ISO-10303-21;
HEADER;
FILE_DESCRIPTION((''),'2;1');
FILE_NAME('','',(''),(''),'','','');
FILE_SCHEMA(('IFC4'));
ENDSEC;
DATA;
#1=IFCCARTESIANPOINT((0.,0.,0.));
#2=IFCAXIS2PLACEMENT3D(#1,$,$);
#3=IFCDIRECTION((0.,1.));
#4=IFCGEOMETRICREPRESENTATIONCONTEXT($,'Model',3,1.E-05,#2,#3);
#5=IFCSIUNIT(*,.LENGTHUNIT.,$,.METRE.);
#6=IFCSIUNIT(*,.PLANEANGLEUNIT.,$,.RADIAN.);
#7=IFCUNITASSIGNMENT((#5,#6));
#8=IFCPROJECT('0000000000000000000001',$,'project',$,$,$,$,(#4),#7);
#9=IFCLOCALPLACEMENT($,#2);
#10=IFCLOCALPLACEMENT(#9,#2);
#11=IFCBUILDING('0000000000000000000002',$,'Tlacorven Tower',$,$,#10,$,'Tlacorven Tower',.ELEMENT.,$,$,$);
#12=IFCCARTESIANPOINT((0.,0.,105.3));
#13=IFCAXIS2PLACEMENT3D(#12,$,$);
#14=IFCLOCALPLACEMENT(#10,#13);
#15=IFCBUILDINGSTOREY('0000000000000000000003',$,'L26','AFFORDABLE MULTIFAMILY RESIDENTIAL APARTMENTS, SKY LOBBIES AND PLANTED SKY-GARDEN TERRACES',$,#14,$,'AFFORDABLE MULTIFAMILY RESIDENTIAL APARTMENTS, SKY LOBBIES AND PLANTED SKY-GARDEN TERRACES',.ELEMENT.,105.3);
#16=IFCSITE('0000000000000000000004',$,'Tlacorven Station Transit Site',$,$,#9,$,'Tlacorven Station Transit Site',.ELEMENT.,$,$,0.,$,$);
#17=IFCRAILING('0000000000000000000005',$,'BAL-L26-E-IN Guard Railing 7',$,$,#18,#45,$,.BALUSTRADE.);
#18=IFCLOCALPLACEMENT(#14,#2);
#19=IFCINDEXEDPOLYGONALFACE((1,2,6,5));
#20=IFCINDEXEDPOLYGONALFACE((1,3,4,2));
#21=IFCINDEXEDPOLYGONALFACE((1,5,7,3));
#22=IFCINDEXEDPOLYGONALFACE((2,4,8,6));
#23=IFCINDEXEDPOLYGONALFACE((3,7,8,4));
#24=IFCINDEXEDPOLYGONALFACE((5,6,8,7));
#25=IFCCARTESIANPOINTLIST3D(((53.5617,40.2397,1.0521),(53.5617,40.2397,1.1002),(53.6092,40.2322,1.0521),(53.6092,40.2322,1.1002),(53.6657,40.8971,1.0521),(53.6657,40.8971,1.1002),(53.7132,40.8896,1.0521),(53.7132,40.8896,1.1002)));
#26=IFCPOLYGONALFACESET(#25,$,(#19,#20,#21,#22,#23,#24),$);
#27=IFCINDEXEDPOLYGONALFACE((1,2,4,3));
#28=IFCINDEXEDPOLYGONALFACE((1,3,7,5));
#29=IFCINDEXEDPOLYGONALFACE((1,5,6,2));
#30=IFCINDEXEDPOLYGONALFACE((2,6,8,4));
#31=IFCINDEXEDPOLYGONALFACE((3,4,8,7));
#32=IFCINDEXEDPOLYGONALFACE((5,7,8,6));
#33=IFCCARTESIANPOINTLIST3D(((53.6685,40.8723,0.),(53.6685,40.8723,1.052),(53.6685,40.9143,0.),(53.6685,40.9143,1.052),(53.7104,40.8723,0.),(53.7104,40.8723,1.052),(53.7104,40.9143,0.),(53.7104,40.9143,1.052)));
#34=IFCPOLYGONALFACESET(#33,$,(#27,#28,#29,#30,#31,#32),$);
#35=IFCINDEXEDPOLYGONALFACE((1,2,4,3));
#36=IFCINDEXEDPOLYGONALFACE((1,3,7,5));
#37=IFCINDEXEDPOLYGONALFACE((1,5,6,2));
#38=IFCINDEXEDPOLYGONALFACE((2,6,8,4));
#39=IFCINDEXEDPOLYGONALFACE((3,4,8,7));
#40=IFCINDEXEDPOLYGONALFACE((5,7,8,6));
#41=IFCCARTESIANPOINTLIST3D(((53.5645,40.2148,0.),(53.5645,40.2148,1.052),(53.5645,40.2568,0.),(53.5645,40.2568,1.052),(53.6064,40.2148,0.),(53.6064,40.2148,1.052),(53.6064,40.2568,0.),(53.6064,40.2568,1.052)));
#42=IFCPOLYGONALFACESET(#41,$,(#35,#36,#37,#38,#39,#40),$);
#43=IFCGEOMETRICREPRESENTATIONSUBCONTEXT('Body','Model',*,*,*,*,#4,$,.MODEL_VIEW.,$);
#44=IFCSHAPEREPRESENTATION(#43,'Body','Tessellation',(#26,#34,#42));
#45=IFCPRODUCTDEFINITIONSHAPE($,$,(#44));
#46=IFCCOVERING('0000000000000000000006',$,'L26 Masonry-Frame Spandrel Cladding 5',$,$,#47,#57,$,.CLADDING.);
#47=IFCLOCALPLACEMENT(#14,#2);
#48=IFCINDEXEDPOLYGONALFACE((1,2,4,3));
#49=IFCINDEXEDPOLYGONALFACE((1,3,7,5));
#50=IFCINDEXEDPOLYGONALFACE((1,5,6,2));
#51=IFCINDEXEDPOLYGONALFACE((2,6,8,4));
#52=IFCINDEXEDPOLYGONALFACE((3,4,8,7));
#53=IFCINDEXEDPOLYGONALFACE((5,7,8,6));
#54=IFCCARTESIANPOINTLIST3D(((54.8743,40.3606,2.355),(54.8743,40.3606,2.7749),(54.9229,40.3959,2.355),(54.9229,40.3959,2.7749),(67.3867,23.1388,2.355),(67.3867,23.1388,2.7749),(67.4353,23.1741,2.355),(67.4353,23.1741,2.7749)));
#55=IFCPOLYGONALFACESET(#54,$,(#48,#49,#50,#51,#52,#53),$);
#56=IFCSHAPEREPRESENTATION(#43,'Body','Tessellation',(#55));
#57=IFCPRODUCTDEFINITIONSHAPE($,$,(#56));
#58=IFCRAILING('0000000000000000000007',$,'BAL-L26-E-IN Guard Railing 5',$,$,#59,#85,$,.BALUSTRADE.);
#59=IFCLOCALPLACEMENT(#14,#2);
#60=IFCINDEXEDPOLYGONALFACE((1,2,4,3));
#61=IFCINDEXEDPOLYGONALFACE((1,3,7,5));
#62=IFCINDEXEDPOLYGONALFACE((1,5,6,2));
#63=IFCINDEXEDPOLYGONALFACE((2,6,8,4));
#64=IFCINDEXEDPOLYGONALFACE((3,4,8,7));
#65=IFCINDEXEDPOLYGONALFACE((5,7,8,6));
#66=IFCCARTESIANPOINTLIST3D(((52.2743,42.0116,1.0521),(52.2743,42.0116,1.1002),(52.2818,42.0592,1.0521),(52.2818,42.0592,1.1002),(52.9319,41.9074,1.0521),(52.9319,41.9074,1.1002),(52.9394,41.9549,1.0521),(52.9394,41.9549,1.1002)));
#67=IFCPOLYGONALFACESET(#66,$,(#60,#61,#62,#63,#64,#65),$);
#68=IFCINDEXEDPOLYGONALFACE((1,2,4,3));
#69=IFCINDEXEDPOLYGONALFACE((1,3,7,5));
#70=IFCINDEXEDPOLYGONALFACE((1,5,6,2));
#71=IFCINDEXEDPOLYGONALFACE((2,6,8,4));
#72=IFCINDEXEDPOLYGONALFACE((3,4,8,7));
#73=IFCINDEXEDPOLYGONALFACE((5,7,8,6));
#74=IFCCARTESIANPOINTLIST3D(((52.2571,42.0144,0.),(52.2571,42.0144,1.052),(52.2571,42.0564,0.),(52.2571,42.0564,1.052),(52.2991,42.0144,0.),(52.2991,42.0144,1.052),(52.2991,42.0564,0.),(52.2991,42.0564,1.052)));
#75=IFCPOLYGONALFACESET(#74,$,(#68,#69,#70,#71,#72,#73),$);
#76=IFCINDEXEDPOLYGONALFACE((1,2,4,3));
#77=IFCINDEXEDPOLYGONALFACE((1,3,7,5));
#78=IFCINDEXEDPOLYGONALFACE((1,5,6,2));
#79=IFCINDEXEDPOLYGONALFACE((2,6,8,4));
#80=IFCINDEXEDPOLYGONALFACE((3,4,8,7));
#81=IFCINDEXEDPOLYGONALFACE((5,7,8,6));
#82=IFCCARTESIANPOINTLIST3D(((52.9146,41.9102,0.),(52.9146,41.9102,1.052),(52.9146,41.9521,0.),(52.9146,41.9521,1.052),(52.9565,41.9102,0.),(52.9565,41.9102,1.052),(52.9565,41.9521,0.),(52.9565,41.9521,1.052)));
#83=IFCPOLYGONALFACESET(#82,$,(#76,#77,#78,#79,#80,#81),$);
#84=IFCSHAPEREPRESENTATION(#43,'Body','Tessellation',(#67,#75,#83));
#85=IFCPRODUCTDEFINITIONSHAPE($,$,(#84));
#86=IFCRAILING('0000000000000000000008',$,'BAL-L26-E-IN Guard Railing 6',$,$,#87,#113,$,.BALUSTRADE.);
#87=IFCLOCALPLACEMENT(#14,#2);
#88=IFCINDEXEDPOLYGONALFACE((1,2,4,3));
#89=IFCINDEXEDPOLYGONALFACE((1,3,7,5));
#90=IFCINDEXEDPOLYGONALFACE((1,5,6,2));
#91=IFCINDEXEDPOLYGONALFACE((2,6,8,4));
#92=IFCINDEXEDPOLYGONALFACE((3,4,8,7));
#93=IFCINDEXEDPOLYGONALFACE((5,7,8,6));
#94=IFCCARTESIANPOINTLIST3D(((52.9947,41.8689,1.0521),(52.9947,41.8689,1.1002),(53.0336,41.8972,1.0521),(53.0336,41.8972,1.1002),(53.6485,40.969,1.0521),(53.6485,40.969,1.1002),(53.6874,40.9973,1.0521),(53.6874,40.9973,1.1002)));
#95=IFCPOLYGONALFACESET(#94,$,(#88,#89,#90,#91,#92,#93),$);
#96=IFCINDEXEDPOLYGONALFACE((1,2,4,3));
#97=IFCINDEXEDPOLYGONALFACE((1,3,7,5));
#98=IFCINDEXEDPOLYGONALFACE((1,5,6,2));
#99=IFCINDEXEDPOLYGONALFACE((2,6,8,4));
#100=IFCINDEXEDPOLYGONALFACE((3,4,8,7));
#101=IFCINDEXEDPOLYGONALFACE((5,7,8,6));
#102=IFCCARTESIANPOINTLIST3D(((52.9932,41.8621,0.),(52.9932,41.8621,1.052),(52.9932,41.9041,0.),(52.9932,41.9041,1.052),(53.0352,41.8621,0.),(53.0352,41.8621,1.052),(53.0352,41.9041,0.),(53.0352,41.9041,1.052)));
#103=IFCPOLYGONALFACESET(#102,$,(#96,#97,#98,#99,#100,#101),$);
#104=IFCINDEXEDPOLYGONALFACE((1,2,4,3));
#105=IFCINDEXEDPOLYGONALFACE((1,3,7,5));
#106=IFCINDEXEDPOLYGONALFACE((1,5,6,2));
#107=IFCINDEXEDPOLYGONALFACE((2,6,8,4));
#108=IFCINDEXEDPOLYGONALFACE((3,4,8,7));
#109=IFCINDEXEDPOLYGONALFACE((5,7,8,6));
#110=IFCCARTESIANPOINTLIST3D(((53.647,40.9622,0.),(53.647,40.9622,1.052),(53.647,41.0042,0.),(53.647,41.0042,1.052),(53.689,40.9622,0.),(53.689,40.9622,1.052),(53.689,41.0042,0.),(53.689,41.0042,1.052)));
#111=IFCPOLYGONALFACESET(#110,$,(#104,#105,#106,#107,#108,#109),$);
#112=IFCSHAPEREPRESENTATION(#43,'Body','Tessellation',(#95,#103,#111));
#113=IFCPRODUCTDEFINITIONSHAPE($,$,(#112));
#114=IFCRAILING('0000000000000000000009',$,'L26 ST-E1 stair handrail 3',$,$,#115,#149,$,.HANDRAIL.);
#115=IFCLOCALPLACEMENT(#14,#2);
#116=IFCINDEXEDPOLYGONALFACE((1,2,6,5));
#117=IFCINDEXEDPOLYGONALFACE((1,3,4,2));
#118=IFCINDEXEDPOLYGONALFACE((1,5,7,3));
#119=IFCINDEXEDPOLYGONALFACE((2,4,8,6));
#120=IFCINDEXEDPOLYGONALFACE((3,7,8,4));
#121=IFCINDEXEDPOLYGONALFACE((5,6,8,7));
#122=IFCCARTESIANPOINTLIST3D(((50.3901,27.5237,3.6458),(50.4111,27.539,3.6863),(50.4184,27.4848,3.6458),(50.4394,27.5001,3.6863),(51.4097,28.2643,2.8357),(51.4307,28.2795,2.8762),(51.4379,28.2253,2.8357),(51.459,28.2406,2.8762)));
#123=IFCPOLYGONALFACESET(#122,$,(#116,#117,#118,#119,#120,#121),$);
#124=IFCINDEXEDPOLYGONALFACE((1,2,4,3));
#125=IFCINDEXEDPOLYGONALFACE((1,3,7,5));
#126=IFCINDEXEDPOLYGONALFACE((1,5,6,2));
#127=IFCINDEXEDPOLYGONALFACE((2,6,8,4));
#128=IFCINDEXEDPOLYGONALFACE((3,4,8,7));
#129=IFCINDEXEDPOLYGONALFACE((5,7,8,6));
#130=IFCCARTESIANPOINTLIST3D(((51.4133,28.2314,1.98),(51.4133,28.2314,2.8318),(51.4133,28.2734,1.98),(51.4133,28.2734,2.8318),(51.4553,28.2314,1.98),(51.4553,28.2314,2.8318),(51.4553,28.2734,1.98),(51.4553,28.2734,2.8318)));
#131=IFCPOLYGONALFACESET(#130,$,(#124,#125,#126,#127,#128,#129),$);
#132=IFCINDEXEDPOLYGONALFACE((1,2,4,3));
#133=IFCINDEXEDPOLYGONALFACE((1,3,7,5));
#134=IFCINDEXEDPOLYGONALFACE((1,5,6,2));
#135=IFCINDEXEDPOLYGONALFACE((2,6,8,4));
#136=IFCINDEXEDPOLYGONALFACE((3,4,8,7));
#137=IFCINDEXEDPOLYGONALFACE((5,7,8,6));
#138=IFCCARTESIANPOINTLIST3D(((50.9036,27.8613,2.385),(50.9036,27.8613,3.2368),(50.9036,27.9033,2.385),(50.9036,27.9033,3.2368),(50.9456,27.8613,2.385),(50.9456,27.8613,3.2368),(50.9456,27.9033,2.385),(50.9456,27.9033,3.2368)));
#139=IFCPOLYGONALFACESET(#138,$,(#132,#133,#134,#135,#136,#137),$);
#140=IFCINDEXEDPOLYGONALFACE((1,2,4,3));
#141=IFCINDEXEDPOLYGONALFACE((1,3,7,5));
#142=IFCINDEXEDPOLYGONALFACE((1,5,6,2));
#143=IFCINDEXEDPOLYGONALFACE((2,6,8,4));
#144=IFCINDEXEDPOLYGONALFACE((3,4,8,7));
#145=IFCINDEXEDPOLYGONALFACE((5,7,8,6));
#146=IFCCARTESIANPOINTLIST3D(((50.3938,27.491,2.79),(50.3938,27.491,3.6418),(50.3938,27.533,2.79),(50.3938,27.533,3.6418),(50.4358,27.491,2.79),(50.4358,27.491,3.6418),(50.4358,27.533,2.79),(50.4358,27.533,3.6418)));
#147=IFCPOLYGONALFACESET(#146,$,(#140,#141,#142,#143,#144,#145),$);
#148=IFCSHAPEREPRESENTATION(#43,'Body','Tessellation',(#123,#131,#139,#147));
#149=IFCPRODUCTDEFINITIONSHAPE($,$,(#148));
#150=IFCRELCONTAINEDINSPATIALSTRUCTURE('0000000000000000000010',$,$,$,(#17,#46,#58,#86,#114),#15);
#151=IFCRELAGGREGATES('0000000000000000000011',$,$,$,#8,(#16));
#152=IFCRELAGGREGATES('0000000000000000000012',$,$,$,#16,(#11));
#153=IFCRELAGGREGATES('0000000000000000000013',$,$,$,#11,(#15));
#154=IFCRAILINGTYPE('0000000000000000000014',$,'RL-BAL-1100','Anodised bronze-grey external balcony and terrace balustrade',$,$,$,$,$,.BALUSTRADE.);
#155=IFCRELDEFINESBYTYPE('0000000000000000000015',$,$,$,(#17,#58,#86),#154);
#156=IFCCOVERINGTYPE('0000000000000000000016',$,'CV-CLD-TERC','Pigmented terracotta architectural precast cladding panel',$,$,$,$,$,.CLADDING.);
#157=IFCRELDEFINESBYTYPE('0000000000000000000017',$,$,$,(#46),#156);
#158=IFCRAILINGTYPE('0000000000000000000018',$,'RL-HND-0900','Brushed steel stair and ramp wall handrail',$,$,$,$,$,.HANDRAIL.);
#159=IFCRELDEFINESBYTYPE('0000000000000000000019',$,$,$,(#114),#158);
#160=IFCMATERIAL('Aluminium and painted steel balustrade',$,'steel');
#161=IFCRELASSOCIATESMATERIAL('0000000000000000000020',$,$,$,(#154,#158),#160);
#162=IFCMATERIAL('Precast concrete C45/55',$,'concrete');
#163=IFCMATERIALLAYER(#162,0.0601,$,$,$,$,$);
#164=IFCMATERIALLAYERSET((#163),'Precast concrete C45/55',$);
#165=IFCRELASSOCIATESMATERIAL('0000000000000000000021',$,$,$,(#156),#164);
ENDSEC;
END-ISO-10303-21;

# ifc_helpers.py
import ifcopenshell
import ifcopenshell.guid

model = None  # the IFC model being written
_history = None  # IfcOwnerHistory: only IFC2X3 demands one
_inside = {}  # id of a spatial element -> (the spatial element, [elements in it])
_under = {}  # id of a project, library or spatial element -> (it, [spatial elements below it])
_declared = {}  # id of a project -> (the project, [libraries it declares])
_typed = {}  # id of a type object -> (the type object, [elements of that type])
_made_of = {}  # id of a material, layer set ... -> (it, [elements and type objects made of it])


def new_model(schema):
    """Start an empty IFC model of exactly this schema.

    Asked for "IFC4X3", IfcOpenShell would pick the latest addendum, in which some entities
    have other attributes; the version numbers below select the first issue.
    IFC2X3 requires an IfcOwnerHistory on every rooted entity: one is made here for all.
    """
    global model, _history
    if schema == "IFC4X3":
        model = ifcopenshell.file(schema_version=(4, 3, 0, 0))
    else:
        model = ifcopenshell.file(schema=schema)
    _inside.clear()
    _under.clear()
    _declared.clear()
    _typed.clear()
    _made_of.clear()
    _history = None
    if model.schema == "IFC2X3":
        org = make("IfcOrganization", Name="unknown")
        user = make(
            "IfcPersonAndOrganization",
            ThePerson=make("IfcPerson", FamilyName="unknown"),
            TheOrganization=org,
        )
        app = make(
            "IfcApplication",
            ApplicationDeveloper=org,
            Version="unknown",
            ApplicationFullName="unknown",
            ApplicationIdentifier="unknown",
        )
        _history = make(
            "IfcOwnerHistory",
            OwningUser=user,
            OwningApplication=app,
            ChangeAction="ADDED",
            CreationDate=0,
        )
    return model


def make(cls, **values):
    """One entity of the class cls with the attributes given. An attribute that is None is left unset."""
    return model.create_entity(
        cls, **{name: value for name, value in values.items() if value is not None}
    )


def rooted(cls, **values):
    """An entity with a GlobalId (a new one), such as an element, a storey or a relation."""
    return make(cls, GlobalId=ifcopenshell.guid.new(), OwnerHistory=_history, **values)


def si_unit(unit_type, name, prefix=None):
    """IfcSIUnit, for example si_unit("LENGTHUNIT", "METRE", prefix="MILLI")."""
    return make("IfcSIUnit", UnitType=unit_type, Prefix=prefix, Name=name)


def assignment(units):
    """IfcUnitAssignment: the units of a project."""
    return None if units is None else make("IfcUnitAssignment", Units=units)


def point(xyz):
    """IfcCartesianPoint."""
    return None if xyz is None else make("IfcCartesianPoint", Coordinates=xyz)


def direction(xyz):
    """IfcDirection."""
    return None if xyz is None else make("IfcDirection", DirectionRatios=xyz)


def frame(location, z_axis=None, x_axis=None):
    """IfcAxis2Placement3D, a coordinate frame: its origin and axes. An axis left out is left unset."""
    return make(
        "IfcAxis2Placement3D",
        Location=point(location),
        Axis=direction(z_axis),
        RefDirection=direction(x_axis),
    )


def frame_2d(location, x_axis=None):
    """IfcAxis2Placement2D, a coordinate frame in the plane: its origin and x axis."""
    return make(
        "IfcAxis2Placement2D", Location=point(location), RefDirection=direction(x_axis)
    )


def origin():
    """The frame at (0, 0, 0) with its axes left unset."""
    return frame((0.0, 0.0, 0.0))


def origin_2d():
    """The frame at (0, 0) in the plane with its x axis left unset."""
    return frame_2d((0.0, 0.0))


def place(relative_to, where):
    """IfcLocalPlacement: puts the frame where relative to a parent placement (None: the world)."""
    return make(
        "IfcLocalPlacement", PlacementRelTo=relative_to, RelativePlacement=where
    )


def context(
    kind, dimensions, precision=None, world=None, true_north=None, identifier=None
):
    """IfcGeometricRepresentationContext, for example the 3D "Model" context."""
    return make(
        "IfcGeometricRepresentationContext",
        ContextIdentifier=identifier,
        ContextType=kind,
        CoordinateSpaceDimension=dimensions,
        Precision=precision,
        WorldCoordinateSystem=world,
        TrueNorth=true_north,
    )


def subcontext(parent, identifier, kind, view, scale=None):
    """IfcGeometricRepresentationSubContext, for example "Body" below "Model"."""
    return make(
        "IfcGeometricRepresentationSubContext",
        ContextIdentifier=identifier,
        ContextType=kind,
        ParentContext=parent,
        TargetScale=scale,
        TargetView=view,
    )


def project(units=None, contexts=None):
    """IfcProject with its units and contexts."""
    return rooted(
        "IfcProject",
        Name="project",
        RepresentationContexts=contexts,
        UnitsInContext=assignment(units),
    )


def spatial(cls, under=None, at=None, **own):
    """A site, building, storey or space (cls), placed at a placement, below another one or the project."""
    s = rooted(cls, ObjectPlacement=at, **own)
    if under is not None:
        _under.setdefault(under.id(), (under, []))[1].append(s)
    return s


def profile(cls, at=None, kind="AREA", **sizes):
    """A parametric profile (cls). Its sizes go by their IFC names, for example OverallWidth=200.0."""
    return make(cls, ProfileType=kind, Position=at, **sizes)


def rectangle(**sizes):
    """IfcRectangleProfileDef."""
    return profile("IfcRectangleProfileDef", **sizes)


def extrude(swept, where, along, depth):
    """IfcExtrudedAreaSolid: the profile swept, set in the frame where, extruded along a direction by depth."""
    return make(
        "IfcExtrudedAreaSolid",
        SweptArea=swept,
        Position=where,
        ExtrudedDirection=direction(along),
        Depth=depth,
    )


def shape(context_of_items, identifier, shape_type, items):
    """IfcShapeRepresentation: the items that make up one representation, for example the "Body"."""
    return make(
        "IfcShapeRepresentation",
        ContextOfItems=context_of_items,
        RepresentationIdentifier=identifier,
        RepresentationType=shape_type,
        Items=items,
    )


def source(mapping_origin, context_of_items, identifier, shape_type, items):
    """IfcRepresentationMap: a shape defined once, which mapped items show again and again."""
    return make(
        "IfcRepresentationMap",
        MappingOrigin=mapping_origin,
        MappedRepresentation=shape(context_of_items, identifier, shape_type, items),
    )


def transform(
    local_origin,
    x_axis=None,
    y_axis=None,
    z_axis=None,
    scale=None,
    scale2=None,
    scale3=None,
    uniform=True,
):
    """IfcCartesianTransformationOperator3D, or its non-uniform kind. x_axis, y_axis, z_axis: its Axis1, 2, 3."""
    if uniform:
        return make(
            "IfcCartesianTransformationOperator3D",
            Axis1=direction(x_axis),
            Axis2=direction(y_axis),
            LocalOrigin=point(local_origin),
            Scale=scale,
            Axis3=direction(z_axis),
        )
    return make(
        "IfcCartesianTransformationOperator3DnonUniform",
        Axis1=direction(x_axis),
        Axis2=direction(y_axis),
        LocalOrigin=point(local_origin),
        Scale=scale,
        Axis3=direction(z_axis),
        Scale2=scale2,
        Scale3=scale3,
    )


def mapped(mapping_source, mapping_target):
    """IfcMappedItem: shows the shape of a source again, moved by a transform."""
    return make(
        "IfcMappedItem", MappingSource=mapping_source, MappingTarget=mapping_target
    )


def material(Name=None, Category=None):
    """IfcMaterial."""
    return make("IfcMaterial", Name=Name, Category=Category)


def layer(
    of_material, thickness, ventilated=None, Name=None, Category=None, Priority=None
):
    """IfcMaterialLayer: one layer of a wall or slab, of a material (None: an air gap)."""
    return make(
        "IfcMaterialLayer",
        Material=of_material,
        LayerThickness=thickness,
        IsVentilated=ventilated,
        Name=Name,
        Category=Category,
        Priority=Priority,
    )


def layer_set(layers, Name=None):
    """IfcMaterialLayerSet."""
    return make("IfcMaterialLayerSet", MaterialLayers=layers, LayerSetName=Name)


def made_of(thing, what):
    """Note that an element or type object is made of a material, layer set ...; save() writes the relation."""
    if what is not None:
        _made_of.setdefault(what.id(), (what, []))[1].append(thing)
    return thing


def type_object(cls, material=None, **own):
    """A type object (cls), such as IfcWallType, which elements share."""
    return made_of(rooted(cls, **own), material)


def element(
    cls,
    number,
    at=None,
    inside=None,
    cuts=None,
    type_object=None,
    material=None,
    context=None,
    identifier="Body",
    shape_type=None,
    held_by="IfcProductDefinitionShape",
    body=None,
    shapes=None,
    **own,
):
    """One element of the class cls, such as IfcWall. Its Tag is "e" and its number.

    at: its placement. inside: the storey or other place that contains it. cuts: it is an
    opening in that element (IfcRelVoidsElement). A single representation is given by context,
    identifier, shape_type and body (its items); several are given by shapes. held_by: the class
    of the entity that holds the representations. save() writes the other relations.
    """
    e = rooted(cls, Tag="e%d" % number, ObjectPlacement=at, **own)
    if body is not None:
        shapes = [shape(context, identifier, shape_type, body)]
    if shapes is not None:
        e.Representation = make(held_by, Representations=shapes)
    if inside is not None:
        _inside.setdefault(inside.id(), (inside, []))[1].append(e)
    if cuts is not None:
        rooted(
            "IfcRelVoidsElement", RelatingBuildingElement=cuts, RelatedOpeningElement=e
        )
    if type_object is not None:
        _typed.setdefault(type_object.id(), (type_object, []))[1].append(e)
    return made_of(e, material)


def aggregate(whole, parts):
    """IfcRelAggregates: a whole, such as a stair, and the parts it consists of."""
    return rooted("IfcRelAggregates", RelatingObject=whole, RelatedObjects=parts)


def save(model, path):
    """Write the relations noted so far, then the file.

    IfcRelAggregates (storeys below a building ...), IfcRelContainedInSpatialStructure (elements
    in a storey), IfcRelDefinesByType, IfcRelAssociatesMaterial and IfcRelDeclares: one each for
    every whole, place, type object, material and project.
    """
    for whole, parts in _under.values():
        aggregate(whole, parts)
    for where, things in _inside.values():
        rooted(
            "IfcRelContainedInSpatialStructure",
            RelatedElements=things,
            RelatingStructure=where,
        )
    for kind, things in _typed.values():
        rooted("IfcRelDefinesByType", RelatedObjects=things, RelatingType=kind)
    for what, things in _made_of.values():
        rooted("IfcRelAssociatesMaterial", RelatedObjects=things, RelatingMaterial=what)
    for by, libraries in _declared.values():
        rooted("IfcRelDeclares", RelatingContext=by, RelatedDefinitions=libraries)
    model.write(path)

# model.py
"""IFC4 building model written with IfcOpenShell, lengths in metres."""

from ifc_helpers import new_model, si_unit, direction, frame, origin, origin_2d, place, context, subcontext, project, spatial, rectangle, extrude, source, transform, mapped, material, layer, layer_set, type_object, element, save


model = new_model("IFC4")

# Units and contexts
model_context = context("Model", 3, precision=1e-05, world=origin(), true_north=direction((0.0, 1.0)))
body_context = subcontext(model_context, "Body", "Model", "MODEL_VIEW")
ifc_project = project(units=[si_unit("LENGTHUNIT", "METRE"), si_unit("PLANEANGLEUNIT", "RADIAN")], contexts=[model_context])

# Site, building, storey
site_placement = place(None, origin())
site = spatial("IfcSite", under=ifc_project, at=site_placement, Name="Tlacorven Station Transit Site", LongName="Tlacorven Station Transit Site", CompositionType="ELEMENT", RefElevation=0.0)
building_placement = place(site_placement, origin())
building = spatial("IfcBuilding", under=site, at=building_placement, Name="Tlacorven Tower", LongName="Tlacorven Tower", CompositionType="ELEMENT")
storey_placement = place(building_placement, frame((0.0, 0.0, 105.3)))
storey = spatial("IfcBuildingStorey", under=building, at=storey_placement, Name="L26", Description="AFFORDABLE MULTIFAMILY RESIDENTIAL APARTMENTS, SKY LOBBIES AND PLANTED SKY-GARDEN TERRACES", LongName="AFFORDABLE MULTIFAMILY RESIDENTIAL APARTMENTS, SKY LOBBIES AND PLANTED SKY-GARDEN TERRACES", CompositionType="ELEMENT", Elevation=105.3)

# Shared definitions
ifc_material_1 = material(Name="Precast concrete C45/55", Category="concrete")

# Railing
ifc_material_2 = material(Name="Aluminium and painted steel balustrade", Category="steel")
railing_type_1 = type_object("IfcRailingType", Name="RL-BAL-1100", Description="Anodised bronze-grey external balcony and terrace balustrade", PredefinedType="BALUSTRADE", material=ifc_material_2)
shared_shape_1 = source(origin(), body_context, "Body", "SweptSolid", [
    extrude(rectangle(XDim=0.0481, YDim=0.0481, at=origin_2d()), frame((0.0, 0.0, 1.0762), z_axis=(-0.156245, -0.987718, 0.0), x_axis=(0.987718, -0.156245, 0.0)), (0.0, 0.0, 1.0), 0.6655),
    extrude(rectangle(XDim=0.042, YDim=0.042, at=origin_2d()), origin(), (0.0, 0.0, 1.0), 1.052),
    extrude(rectangle(XDim=0.042, YDim=0.042, at=origin_2d()), frame((-0.104, -0.6575, 0.0)), (0.0, 0.0, 1.0), 1.052),
])
railing_1_placement = place(storey_placement, frame((53.6895, 40.8933, 0.0)))
element("IfcRailing", 1, at=railing_1_placement, inside=storey, type_object=railing_type_1, Name="BAL-L26-E-IN Guard Railing 7", PredefinedType="BALUSTRADE", context=body_context, shape_type="MappedRepresentation", body=[
    mapped(shared_shape_1, transform((0.0, 0.0, 0.0), scale=1.0)),
])

# Covering
ifc_layer_1 = layer(ifc_material_1, 0.0601)
ifc_layer_set_1 = layer_set([ifc_layer_1], Name="Precast concrete C45/55")
covering_type = type_object("IfcCoveringType", Name="CV-CLD-TERC", Description="Pigmented terracotta architectural precast cladding panel", PredefinedType="CLADDING", material=ifc_layer_set_1)
shared_shape_2 = source(origin(), body_context, "Body", "SweptSolid", [
    extrude(rectangle(XDim=21.2874, YDim=0.0601, at=origin_2d()), origin(), (0.0, 0.0, 1.0), 0.4199),
])
covering_placement = place(storey_placement, frame((61.1548, 31.7673, 2.355), z_axis=(0.0, 0.0, 1.0), x_axis=(0.587785, -0.809017, 0.0)))
element("IfcCovering", 2, at=covering_placement, inside=storey, type_object=covering_type, Name="L26 Masonry-Frame Spandrel Cladding 5", PredefinedType="CLADDING", context=body_context, shape_type="MappedRepresentation", body=[
    mapped(shared_shape_2, transform((0.0, 0.0, 0.0), scale=1.0)),
])

# Railings
shared_shape_3 = source(origin(), body_context, "Body", "SweptSolid", [
    extrude(rectangle(XDim=0.0481, YDim=0.0481, at=origin_2d()), frame((0.0, 0.0, 1.0762), z_axis=(0.987662, -0.156603, 0.0), x_axis=(0.156603, 0.987662, 0.0)), (0.0, 0.0, 1.0), 0.6658),
    extrude(rectangle(XDim=0.042, YDim=0.042, at=origin_2d()), origin(), (0.0, 0.0, 1.0), 1.052),
    extrude(rectangle(XDim=0.042, YDim=0.042, at=origin_2d()), frame((0.6575, -0.1042, 0.0)), (0.0, 0.0, 1.0), 1.052),
])
railing_2_placement = place(storey_placement, frame((52.2781, 42.0354, 0.0)))
element("IfcRailing", 3, at=railing_2_placement, inside=storey, type_object=railing_type_1, Name="BAL-L26-E-IN Guard Railing 5", PredefinedType="BALUSTRADE", context=body_context, shape_type="MappedRepresentation", body=[
    mapped(shared_shape_3, transform((0.0, 0.0, 0.0), scale=1.0)),
])
shared_shape_4 = source(origin(), body_context, "Body", "SweptSolid", [
    extrude(rectangle(XDim=0.0481, YDim=0.0481, at=origin_2d()), frame((0.0, 0.0, 1.0762), z_axis=(0.58778, -0.809021, 0.0), x_axis=(0.809021, 0.58778, 0.0)), (0.0, 0.0, 1.0), 1.1123),
    extrude(rectangle(XDim=0.042, YDim=0.042, at=origin_2d()), origin(), (0.0, 0.0, 1.0), 1.052),
    extrude(rectangle(XDim=0.042, YDim=0.042, at=origin_2d()), frame((0.6538, -0.8999, 0.0)), (0.0, 0.0, 1.0), 1.052),
])
railing_3_placement = place(storey_placement, frame((53.0142, 41.8831, 0.0)))
element("IfcRailing", 4, at=railing_3_placement, inside=storey, type_object=railing_type_1, Name="BAL-L26-E-IN Guard Railing 6", PredefinedType="BALUSTRADE", context=body_context, shape_type="MappedRepresentation", body=[
    mapped(shared_shape_4, transform((0.0, 0.0, 0.0), scale=1.0)),
])
railing_type_2 = type_object("IfcRailingType", Name="RL-HND-0900", Description="Brushed steel stair and ramp wall handrail", PredefinedType="HANDRAIL", material=ifc_material_2)
shared_shape_5 = source(origin(), body_context, "Body", "SweptSolid", [
    extrude(rectangle(XDim=0.0481, YDim=0.0481, at=origin_2d()), frame((0.0, 0.0, 0.876), z_axis=(-0.680604, -0.494318, 0.540767), x_axis=(0.587653, -0.809113, 0.0)), (0.0, 0.0, 1.0), 1.498),
    extrude(rectangle(XDim=0.042, YDim=0.042, at=origin_2d()), origin(), (0.0, 0.0, 1.0), 0.8518),
    extrude(rectangle(XDim=0.042, YDim=0.042, at=origin_2d()), frame((-0.5098, -0.3701, 0.405)), (0.0, 0.0, 1.0), 0.8518),
    extrude(rectangle(XDim=0.042, YDim=0.042, at=origin_2d()), frame((-1.0195, -0.7405, 0.8101)), (0.0, 0.0, 1.0), 0.8518),
])
railing_4_placement = place(storey_placement, frame((51.4343, 28.2524, 1.98)))
element("IfcRailing", 5, at=railing_4_placement, inside=storey, type_object=railing_type_2, Name="L26 ST-E1 stair handrail 3", PredefinedType="HANDRAIL", context=body_context, shape_type="MappedRepresentation", body=[
    mapped(shared_shape_5, transform((0.0, 0.0, 0.0), scale=1.0)),
])

save(model, "model.ifc")
